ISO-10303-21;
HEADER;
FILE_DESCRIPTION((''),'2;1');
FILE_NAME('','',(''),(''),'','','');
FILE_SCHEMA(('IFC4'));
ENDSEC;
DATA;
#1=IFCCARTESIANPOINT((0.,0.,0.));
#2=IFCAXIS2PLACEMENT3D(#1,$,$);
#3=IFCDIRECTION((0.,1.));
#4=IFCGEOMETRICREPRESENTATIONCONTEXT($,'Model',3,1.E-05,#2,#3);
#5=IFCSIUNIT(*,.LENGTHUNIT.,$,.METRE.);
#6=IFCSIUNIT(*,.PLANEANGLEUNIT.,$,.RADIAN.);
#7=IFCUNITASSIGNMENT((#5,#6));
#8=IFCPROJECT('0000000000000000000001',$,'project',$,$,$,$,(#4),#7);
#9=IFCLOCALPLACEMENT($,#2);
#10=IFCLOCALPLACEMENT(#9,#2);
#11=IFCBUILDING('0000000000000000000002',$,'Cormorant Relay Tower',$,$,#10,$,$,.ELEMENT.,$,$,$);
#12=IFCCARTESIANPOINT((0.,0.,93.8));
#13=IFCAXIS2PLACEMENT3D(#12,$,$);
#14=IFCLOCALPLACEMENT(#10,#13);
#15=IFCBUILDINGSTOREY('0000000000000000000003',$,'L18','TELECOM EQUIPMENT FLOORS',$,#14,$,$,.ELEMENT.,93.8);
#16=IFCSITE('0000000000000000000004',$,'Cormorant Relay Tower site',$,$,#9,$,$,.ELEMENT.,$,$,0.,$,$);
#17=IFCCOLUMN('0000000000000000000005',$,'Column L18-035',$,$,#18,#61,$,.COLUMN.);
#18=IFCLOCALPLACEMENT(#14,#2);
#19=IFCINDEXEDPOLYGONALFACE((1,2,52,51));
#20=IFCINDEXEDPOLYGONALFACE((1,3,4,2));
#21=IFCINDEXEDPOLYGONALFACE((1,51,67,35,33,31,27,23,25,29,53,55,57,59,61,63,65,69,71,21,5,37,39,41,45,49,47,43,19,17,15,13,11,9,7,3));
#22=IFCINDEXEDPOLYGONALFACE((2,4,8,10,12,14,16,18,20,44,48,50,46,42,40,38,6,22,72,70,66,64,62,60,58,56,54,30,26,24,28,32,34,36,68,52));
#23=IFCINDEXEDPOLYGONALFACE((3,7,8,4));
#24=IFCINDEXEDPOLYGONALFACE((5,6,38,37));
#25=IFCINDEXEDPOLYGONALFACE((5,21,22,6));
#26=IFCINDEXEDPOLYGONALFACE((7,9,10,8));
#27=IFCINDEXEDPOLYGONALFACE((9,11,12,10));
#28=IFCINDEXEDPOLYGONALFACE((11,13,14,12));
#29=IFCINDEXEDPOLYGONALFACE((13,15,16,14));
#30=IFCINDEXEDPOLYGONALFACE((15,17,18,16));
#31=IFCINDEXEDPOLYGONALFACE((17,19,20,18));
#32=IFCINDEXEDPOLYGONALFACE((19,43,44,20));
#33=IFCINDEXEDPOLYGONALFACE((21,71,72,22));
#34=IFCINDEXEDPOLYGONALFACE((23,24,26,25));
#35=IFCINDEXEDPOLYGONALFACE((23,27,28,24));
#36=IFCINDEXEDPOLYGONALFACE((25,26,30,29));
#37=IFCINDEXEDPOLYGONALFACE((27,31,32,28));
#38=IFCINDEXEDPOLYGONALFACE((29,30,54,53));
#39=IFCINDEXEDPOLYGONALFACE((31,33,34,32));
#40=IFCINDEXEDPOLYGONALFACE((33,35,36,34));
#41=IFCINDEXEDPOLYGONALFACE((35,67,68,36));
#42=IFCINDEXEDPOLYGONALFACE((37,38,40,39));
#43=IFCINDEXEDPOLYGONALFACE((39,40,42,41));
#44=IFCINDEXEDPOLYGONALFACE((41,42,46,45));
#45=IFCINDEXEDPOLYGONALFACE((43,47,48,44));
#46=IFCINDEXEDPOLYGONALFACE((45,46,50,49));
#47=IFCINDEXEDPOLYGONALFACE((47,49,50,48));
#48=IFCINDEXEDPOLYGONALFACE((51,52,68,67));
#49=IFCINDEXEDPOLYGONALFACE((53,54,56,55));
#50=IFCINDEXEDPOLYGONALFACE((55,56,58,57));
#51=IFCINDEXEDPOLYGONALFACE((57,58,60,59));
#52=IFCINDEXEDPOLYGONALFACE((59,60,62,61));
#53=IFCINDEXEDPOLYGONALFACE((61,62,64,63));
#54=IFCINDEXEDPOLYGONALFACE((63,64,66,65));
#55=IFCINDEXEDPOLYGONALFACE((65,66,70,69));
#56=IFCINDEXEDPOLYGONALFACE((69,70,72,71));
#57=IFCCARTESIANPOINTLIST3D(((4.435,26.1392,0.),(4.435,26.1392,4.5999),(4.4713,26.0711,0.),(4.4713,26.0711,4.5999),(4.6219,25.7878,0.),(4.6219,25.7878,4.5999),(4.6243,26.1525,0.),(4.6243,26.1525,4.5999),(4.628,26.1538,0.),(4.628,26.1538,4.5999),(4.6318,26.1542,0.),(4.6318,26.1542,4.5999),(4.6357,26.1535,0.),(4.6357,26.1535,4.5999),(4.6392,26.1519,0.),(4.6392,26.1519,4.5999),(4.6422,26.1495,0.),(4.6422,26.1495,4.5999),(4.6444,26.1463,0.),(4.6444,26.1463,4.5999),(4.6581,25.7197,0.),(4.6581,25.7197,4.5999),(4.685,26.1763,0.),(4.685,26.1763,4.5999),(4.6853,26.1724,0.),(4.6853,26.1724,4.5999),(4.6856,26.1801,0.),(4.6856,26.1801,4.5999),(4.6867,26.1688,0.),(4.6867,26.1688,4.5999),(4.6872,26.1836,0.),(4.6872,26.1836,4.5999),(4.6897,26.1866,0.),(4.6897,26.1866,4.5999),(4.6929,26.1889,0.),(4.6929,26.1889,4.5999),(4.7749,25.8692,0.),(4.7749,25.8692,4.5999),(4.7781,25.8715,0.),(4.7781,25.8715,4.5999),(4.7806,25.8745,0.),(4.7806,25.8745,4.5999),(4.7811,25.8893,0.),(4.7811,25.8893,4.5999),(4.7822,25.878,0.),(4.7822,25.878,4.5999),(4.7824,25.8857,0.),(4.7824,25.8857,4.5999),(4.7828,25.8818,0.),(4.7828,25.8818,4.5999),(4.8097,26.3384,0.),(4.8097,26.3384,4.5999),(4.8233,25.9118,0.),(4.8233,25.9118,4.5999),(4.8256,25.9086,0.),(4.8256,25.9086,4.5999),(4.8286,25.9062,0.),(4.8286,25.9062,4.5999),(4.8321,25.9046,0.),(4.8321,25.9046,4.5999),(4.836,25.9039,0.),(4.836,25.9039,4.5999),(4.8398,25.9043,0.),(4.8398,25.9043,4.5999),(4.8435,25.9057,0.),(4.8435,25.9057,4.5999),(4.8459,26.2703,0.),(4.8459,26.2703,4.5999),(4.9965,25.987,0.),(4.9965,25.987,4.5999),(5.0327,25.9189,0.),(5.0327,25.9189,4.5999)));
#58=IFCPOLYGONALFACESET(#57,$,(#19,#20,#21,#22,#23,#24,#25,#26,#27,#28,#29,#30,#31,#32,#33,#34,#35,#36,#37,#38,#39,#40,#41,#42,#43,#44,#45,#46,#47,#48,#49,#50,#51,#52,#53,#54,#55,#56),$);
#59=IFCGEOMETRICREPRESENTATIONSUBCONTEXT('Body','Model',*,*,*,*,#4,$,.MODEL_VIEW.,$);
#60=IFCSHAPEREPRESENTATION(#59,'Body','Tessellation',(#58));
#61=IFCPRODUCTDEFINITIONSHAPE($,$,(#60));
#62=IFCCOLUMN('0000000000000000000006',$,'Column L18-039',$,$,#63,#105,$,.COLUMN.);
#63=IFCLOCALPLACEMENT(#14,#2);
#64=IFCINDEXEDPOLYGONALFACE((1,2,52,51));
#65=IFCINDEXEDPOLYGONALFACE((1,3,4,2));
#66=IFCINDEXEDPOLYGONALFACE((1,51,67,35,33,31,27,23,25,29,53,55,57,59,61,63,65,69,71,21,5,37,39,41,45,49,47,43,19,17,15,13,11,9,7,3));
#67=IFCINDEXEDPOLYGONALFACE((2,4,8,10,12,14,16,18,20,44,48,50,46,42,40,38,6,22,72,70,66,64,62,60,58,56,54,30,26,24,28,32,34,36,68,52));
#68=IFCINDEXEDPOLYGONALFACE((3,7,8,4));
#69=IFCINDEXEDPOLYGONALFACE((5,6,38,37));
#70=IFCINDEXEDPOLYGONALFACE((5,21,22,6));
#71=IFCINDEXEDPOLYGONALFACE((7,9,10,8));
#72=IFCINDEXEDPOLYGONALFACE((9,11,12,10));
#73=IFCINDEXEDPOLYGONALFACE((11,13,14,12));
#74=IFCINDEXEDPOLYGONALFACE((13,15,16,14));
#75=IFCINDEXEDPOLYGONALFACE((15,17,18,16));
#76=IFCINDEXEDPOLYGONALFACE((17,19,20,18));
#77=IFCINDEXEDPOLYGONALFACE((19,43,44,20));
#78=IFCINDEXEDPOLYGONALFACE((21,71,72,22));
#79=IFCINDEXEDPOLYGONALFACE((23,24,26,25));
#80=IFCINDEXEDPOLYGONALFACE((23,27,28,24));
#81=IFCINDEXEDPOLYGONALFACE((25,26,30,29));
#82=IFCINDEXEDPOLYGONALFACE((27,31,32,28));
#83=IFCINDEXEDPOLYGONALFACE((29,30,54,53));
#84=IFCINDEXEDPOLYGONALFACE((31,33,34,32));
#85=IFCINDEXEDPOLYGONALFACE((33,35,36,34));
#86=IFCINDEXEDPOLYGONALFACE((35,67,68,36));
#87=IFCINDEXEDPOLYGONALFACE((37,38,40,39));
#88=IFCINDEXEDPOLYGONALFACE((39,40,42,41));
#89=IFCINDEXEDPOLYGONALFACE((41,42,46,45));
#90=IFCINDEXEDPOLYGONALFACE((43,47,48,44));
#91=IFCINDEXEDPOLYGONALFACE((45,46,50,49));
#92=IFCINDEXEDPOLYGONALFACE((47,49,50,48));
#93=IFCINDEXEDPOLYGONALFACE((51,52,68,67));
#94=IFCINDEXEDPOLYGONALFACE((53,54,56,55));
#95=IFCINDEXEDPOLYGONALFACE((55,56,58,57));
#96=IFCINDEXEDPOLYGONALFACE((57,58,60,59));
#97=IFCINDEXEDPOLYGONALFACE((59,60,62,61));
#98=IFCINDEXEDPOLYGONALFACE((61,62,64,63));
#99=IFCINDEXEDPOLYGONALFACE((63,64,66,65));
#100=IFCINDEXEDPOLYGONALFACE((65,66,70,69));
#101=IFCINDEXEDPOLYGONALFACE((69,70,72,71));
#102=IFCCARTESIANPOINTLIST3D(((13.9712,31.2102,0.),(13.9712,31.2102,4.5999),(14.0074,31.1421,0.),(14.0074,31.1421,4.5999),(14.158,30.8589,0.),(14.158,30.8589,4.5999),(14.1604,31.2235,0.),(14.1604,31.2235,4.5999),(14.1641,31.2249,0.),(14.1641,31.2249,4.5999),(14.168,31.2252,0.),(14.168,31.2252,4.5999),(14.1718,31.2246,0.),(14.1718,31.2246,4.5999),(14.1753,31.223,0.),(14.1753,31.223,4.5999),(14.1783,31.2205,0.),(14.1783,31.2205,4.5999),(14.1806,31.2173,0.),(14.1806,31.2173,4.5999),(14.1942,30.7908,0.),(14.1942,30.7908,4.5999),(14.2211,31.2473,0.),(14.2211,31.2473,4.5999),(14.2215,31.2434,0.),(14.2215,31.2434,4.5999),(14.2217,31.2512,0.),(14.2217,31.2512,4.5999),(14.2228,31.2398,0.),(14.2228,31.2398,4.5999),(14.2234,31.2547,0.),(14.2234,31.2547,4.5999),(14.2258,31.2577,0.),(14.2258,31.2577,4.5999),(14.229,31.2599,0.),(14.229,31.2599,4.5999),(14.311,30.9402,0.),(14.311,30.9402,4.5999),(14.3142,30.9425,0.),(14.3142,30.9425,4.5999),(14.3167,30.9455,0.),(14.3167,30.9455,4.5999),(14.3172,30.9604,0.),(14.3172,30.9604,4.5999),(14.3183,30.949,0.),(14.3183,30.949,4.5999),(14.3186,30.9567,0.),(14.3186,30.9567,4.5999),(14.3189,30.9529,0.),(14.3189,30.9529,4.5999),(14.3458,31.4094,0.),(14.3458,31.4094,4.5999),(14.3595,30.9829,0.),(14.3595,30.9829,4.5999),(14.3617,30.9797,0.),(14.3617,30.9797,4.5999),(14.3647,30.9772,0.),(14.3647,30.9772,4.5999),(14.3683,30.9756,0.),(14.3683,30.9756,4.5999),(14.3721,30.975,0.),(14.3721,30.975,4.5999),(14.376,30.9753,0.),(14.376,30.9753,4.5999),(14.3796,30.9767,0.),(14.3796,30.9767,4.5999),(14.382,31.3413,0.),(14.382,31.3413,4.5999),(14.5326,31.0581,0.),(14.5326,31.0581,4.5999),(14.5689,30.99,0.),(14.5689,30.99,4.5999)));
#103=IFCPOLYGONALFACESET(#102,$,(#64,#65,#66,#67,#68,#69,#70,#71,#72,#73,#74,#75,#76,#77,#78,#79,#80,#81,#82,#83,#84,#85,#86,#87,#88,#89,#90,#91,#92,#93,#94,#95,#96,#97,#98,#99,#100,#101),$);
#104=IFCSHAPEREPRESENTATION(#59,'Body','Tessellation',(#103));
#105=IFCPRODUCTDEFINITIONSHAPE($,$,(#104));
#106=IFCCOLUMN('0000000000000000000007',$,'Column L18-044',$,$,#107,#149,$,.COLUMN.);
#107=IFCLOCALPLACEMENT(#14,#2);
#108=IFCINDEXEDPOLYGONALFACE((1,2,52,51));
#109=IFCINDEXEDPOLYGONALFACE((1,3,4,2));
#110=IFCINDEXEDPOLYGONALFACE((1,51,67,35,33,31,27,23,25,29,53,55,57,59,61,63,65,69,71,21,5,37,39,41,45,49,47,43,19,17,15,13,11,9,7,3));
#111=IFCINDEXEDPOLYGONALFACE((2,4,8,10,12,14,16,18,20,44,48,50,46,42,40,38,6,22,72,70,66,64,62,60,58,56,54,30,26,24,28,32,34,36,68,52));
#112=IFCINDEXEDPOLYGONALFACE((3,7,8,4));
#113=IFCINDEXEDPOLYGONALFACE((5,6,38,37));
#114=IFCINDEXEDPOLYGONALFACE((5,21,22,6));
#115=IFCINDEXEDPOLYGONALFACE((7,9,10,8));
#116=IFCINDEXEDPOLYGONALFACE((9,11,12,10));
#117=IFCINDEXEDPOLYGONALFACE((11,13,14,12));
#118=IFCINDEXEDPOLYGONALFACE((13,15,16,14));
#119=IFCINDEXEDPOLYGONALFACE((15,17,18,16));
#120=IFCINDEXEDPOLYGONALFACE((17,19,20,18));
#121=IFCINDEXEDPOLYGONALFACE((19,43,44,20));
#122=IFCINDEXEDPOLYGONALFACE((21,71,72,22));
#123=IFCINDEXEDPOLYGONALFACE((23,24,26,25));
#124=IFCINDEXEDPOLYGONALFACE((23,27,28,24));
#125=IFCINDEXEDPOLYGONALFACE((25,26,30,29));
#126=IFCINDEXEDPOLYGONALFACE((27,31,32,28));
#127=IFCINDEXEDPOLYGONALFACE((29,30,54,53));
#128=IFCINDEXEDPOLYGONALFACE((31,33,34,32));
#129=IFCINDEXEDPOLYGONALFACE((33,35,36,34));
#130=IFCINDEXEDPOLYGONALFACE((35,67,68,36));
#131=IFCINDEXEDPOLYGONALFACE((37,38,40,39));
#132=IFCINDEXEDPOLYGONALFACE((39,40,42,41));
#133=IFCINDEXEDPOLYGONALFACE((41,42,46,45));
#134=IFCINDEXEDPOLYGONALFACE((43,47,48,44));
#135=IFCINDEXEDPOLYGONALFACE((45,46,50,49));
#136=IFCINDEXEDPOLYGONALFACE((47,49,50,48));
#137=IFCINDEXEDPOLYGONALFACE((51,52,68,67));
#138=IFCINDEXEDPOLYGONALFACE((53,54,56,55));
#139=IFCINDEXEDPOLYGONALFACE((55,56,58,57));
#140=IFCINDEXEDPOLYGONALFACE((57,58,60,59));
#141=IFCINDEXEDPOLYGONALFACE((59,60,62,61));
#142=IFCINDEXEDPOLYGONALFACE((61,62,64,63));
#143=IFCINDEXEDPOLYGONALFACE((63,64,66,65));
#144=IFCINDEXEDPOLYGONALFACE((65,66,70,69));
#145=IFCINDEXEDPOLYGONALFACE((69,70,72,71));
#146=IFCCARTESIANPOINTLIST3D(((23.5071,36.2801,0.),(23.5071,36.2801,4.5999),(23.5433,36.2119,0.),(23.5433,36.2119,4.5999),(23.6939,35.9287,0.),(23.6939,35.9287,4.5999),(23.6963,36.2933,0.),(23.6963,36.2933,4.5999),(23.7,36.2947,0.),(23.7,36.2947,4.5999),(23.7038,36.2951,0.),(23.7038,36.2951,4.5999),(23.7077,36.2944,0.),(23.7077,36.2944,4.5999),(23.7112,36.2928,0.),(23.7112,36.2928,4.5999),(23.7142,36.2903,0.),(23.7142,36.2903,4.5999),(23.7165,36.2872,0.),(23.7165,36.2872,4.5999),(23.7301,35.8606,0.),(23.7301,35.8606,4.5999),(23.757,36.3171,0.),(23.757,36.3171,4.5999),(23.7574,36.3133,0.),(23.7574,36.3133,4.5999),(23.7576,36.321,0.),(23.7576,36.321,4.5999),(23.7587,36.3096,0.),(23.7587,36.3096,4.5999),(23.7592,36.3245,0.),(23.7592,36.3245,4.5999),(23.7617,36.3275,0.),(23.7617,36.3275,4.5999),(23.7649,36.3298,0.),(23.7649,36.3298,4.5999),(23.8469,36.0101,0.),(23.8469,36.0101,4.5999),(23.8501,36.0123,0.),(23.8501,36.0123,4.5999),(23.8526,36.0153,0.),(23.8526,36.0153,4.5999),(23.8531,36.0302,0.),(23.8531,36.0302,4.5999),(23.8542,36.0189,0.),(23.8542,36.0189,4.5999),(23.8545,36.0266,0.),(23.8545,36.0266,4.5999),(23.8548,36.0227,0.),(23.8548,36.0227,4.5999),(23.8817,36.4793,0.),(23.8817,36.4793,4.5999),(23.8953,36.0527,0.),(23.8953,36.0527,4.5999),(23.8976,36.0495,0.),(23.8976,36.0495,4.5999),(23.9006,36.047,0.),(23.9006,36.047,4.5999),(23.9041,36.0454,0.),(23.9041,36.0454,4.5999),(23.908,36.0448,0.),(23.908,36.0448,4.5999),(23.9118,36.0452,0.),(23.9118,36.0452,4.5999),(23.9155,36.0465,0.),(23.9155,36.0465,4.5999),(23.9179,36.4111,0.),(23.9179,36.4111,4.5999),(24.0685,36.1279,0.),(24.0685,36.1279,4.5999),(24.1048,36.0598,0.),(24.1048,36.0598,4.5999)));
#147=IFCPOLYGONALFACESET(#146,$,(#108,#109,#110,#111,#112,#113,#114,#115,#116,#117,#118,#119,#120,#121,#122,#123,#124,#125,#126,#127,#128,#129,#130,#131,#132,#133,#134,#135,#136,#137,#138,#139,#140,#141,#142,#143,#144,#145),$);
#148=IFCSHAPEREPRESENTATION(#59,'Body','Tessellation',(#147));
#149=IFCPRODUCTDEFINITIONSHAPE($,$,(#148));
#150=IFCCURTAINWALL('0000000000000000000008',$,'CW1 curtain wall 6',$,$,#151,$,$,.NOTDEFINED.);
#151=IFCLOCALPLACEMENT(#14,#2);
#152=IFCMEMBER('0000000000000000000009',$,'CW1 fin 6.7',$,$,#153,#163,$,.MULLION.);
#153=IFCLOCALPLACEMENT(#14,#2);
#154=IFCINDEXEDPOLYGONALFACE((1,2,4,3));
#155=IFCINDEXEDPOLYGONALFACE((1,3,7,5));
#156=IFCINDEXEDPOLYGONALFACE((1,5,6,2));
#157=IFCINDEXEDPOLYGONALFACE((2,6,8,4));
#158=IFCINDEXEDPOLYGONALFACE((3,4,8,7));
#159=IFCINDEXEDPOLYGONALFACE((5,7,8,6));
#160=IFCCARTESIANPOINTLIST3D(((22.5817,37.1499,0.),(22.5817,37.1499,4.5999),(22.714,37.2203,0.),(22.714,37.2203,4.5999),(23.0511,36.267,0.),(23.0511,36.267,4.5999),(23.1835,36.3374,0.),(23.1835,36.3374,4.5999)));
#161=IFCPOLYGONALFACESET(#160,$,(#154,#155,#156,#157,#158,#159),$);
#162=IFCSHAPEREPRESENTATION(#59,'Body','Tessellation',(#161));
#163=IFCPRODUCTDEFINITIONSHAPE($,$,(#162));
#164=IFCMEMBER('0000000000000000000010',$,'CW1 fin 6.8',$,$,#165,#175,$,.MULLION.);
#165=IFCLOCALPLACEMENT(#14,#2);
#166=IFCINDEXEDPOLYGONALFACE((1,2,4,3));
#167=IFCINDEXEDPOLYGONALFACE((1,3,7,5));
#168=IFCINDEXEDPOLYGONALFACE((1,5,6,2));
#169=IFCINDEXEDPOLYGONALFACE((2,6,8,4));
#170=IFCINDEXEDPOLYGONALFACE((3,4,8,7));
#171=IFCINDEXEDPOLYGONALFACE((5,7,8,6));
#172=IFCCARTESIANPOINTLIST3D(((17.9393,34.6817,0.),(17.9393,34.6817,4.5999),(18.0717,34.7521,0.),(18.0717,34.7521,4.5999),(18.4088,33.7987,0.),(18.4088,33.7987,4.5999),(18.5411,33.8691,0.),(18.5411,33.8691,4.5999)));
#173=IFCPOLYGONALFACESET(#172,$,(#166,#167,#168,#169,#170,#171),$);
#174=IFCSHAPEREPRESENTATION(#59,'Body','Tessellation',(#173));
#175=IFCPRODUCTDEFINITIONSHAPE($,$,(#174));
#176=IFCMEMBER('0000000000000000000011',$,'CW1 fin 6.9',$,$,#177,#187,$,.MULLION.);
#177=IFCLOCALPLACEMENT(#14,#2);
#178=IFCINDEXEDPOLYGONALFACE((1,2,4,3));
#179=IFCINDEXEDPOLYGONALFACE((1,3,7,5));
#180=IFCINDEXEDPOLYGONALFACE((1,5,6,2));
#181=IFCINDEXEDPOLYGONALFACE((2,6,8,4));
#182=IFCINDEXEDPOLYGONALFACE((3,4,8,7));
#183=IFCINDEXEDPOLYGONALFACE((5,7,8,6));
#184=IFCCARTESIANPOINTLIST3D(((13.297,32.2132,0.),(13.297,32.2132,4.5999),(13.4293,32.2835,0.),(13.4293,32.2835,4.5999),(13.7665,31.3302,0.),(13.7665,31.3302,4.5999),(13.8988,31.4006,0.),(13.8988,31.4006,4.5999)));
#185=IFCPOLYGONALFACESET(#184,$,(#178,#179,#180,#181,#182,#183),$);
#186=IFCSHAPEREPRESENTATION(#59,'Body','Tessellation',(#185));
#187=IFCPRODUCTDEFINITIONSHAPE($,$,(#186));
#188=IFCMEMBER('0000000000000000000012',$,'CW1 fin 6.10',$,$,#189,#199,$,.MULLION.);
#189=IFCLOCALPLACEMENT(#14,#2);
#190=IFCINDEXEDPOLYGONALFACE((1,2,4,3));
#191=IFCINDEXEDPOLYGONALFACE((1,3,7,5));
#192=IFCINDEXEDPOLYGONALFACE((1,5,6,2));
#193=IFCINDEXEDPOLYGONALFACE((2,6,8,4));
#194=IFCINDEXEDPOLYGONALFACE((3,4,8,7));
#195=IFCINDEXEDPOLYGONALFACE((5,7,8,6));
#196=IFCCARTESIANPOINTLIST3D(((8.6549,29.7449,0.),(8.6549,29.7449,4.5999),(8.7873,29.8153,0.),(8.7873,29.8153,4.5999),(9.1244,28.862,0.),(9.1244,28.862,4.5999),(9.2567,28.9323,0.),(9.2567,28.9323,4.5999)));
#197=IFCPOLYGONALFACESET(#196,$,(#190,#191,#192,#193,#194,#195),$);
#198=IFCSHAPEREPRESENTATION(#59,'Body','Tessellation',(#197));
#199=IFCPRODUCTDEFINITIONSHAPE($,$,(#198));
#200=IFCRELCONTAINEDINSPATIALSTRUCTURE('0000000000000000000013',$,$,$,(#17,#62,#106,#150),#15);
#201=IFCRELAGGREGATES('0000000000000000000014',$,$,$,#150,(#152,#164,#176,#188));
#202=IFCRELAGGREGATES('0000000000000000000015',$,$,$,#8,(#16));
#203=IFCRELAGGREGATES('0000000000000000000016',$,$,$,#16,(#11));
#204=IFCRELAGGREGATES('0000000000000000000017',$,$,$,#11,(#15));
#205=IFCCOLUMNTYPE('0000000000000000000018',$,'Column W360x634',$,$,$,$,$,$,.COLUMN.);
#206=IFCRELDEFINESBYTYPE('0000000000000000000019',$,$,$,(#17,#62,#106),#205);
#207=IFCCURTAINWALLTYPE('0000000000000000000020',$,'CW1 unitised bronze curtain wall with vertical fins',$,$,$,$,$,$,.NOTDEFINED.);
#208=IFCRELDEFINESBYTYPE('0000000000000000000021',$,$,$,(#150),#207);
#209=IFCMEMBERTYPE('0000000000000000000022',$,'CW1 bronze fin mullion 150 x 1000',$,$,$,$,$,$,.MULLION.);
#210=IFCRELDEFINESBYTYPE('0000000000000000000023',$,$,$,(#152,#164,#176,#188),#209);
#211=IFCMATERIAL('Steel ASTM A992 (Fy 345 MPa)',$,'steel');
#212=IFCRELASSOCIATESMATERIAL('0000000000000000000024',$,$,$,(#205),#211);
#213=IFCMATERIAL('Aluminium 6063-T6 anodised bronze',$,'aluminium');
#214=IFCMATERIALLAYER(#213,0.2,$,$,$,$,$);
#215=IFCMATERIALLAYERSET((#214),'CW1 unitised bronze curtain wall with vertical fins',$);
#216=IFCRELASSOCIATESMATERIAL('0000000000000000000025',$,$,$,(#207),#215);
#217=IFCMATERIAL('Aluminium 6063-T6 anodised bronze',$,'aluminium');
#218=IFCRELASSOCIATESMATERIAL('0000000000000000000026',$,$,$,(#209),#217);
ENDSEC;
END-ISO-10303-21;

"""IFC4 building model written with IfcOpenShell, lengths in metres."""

from ifc_helpers import new_model, si_unit, direction, frame, origin, origin_2d, place, context, subcontext, project, spatial, rectangle, i_section, extrude, material, layer, layer_set, material_profile, profile_set, type_object, element, aggregate, save


model = new_model("IFC4")

# Units and contexts
model_context = context("Model", 3, precision=1e-05, world=origin(), true_north=direction((0.0, 1.0)))
body_context = subcontext(model_context, "Body", "Model", "MODEL_VIEW")
ifc_project = project(units=[si_unit("LENGTHUNIT", "METRE"), si_unit("PLANEANGLEUNIT", "RADIAN")], contexts=[model_context])

# Site, building, storey
site_placement = place(None, origin())
site = spatial("IfcSite", under=ifc_project, at=site_placement, Name="Cormorant Relay Tower site", CompositionType="ELEMENT", RefElevation=0.0)
building_placement = place(site_placement, origin())
building = spatial("IfcBuilding", under=site, at=building_placement, Name="Cormorant Relay Tower", CompositionType="ELEMENT")
storey_placement = place(building_placement, frame((0.0, 0.0, 93.8)))
storey = spatial("IfcBuildingStorey", under=building, at=storey_placement, Name="L18", Description="TELECOM EQUIPMENT FLOORS", CompositionType="ELEMENT", Elevation=93.8)

# Columns
ifc_material_1 = material(Name="Steel ASTM A992 (Fy 345 MPa)", Category="steel")
ifc_material_profile_1 = material_profile(ifc_material_1, i_section(OverallWidth=0.4243, OverallDepth=0.4751, WebThickness=0.0479, FlangeThickness=0.0771, FilletRadius=0.0149, at=origin_2d()), Name="W360x634")
ifc_profile_set_1 = profile_set([ifc_material_profile_1], Name="Steel ASTM A992 (Fy 345 MPa)")
column_type = type_object("IfcColumnType", Name="Column W360x634", PredefinedType="COLUMN", material=ifc_profile_set_1)
for number, where, z_axis, x_axis, name in (
    (1, (4.7339, 26.0291, 0.0), (0.0, 0.0, 1.0), (-0.882948, -0.469472, 0.0), "Column L18-035"),
    (2, (14.27, 31.1001, 0.0), (0.0, 0.0, 1.0), (-0.882948, -0.469472, 0.0), "Column L18-039"),
    (3, (23.8059, 36.1699, 0.0), (0.0, 0.0, 1.0), (-0.882948, -0.469472, 0.0), "Column L18-044"),
):
    element("IfcColumn", number, at=place(storey_placement, frame(where, z_axis=z_axis, x_axis=x_axis)), inside=storey, type_object=column_type, Name=name, PredefinedType="COLUMN", context=body_context, shape_type="SweptSolid", body=[
        extrude(i_section(OverallWidth=0.4243, OverallDepth=0.4751, WebThickness=0.0479, FlangeThickness=0.0771, FilletRadius=0.0149, at=origin_2d()), origin(), (0.0, 0.0, 1.0), 4.5999),
    ])

# Curtain wall, members
ifc_material_2 = material(Name="Aluminium 6063-T6 anodised bronze", Category="aluminium")
ifc_layer_1 = layer(ifc_material_2, 0.2)
ifc_layer_set_1 = layer_set([ifc_layer_1], Name="CW1 unitised bronze curtain wall with vertical fins")
curtain_wall_type = type_object("IfcCurtainWallType", Name="CW1 unitised bronze curtain wall with vertical fins", PredefinedType="NOTDEFINED", material=ifc_layer_set_1)
curtain_wall_1_placement = place(storey_placement, origin())
curtain_wall_1 = element("IfcCurtainWall", 4, at=curtain_wall_1_placement, inside=storey, type_object=curtain_wall_type, Name="CW1 curtain wall 6", PredefinedType="NOTDEFINED")
ifc_material_3 = material(Name="Aluminium 6063-T6 anodised bronze", Category="aluminium")
ifc_material_profile_2 = material_profile(ifc_material_3, rectangle(XDim=0.1499, YDim=1.0, at=origin_2d()), Name="AL 150x1000")
ifc_profile_set_2 = profile_set([ifc_material_profile_2], Name="Aluminium 6063-T6 anodised bronze")
member_type_1 = type_object("IfcMemberType", Name="CW1 bronze fin mullion 150 x 1000", PredefinedType="MULLION", material=ifc_profile_set_2)
member_1_placement = place(storey_placement, frame((22.8826, 36.7437, 0.0), z_axis=(0.0, 0.0, 1.0), x_axis=(-0.882948, -0.469472, 0.0)))
member_1 = element("IfcMember", 5, at=member_1_placement, type_object=member_type_1, Name="CW1 fin 6.7", PredefinedType="MULLION", context=body_context, shape_type="SweptSolid", body=[
    extrude(rectangle(XDim=0.1499, YDim=1.0, at=origin_2d()), origin(), (0.0, 0.0, 1.0), 4.5999),
])
member_2_placement = place(storey_placement, frame((18.2402, 34.2754, 0.0), z_axis=(0.0, 0.0, 1.0), x_axis=(-0.882948, -0.469472, 0.0)))
member_2 = element("IfcMember", 6, at=member_2_placement, type_object=member_type_1, Name="CW1 fin 6.8", PredefinedType="MULLION", context=body_context, shape_type="SweptSolid", body=[
    extrude(rectangle(XDim=0.1499, YDim=1.0, at=origin_2d()), origin(), (0.0, 0.0, 1.0), 4.5999),
])
member_3_placement = place(storey_placement, frame((13.5979, 31.8069, 0.0), z_axis=(0.0, 0.0, 1.0), x_axis=(-0.882948, -0.469472, 0.0)))
member_3 = element("IfcMember", 7, at=member_3_placement, type_object=member_type_1, Name="CW1 fin 6.9", PredefinedType="MULLION", context=body_context, shape_type="SweptSolid", body=[
    extrude(rectangle(XDim=0.1499, YDim=1.0, at=origin_2d()), origin(), (0.0, 0.0, 1.0), 4.5999),
])
member_4_placement = place(storey_placement, frame((8.9558, 29.3386, 0.0), z_axis=(0.0, 0.0, 1.0), x_axis=(-0.882948, -0.469472, 0.0)))
member_4 = element("IfcMember", 8, at=member_4_placement, type_object=member_type_1, Name="CW1 fin 6.10", PredefinedType="MULLION", context=body_context, shape_type="SweptSolid", body=[
    extrude(rectangle(XDim=0.1499, YDim=1.0, at=origin_2d()), origin(), (0.0, 0.0, 1.0), 4.5999),
])

aggregate(curtain_wall_1, [member_1, member_2, member_3, member_4])

save(model, "model.ifc")
